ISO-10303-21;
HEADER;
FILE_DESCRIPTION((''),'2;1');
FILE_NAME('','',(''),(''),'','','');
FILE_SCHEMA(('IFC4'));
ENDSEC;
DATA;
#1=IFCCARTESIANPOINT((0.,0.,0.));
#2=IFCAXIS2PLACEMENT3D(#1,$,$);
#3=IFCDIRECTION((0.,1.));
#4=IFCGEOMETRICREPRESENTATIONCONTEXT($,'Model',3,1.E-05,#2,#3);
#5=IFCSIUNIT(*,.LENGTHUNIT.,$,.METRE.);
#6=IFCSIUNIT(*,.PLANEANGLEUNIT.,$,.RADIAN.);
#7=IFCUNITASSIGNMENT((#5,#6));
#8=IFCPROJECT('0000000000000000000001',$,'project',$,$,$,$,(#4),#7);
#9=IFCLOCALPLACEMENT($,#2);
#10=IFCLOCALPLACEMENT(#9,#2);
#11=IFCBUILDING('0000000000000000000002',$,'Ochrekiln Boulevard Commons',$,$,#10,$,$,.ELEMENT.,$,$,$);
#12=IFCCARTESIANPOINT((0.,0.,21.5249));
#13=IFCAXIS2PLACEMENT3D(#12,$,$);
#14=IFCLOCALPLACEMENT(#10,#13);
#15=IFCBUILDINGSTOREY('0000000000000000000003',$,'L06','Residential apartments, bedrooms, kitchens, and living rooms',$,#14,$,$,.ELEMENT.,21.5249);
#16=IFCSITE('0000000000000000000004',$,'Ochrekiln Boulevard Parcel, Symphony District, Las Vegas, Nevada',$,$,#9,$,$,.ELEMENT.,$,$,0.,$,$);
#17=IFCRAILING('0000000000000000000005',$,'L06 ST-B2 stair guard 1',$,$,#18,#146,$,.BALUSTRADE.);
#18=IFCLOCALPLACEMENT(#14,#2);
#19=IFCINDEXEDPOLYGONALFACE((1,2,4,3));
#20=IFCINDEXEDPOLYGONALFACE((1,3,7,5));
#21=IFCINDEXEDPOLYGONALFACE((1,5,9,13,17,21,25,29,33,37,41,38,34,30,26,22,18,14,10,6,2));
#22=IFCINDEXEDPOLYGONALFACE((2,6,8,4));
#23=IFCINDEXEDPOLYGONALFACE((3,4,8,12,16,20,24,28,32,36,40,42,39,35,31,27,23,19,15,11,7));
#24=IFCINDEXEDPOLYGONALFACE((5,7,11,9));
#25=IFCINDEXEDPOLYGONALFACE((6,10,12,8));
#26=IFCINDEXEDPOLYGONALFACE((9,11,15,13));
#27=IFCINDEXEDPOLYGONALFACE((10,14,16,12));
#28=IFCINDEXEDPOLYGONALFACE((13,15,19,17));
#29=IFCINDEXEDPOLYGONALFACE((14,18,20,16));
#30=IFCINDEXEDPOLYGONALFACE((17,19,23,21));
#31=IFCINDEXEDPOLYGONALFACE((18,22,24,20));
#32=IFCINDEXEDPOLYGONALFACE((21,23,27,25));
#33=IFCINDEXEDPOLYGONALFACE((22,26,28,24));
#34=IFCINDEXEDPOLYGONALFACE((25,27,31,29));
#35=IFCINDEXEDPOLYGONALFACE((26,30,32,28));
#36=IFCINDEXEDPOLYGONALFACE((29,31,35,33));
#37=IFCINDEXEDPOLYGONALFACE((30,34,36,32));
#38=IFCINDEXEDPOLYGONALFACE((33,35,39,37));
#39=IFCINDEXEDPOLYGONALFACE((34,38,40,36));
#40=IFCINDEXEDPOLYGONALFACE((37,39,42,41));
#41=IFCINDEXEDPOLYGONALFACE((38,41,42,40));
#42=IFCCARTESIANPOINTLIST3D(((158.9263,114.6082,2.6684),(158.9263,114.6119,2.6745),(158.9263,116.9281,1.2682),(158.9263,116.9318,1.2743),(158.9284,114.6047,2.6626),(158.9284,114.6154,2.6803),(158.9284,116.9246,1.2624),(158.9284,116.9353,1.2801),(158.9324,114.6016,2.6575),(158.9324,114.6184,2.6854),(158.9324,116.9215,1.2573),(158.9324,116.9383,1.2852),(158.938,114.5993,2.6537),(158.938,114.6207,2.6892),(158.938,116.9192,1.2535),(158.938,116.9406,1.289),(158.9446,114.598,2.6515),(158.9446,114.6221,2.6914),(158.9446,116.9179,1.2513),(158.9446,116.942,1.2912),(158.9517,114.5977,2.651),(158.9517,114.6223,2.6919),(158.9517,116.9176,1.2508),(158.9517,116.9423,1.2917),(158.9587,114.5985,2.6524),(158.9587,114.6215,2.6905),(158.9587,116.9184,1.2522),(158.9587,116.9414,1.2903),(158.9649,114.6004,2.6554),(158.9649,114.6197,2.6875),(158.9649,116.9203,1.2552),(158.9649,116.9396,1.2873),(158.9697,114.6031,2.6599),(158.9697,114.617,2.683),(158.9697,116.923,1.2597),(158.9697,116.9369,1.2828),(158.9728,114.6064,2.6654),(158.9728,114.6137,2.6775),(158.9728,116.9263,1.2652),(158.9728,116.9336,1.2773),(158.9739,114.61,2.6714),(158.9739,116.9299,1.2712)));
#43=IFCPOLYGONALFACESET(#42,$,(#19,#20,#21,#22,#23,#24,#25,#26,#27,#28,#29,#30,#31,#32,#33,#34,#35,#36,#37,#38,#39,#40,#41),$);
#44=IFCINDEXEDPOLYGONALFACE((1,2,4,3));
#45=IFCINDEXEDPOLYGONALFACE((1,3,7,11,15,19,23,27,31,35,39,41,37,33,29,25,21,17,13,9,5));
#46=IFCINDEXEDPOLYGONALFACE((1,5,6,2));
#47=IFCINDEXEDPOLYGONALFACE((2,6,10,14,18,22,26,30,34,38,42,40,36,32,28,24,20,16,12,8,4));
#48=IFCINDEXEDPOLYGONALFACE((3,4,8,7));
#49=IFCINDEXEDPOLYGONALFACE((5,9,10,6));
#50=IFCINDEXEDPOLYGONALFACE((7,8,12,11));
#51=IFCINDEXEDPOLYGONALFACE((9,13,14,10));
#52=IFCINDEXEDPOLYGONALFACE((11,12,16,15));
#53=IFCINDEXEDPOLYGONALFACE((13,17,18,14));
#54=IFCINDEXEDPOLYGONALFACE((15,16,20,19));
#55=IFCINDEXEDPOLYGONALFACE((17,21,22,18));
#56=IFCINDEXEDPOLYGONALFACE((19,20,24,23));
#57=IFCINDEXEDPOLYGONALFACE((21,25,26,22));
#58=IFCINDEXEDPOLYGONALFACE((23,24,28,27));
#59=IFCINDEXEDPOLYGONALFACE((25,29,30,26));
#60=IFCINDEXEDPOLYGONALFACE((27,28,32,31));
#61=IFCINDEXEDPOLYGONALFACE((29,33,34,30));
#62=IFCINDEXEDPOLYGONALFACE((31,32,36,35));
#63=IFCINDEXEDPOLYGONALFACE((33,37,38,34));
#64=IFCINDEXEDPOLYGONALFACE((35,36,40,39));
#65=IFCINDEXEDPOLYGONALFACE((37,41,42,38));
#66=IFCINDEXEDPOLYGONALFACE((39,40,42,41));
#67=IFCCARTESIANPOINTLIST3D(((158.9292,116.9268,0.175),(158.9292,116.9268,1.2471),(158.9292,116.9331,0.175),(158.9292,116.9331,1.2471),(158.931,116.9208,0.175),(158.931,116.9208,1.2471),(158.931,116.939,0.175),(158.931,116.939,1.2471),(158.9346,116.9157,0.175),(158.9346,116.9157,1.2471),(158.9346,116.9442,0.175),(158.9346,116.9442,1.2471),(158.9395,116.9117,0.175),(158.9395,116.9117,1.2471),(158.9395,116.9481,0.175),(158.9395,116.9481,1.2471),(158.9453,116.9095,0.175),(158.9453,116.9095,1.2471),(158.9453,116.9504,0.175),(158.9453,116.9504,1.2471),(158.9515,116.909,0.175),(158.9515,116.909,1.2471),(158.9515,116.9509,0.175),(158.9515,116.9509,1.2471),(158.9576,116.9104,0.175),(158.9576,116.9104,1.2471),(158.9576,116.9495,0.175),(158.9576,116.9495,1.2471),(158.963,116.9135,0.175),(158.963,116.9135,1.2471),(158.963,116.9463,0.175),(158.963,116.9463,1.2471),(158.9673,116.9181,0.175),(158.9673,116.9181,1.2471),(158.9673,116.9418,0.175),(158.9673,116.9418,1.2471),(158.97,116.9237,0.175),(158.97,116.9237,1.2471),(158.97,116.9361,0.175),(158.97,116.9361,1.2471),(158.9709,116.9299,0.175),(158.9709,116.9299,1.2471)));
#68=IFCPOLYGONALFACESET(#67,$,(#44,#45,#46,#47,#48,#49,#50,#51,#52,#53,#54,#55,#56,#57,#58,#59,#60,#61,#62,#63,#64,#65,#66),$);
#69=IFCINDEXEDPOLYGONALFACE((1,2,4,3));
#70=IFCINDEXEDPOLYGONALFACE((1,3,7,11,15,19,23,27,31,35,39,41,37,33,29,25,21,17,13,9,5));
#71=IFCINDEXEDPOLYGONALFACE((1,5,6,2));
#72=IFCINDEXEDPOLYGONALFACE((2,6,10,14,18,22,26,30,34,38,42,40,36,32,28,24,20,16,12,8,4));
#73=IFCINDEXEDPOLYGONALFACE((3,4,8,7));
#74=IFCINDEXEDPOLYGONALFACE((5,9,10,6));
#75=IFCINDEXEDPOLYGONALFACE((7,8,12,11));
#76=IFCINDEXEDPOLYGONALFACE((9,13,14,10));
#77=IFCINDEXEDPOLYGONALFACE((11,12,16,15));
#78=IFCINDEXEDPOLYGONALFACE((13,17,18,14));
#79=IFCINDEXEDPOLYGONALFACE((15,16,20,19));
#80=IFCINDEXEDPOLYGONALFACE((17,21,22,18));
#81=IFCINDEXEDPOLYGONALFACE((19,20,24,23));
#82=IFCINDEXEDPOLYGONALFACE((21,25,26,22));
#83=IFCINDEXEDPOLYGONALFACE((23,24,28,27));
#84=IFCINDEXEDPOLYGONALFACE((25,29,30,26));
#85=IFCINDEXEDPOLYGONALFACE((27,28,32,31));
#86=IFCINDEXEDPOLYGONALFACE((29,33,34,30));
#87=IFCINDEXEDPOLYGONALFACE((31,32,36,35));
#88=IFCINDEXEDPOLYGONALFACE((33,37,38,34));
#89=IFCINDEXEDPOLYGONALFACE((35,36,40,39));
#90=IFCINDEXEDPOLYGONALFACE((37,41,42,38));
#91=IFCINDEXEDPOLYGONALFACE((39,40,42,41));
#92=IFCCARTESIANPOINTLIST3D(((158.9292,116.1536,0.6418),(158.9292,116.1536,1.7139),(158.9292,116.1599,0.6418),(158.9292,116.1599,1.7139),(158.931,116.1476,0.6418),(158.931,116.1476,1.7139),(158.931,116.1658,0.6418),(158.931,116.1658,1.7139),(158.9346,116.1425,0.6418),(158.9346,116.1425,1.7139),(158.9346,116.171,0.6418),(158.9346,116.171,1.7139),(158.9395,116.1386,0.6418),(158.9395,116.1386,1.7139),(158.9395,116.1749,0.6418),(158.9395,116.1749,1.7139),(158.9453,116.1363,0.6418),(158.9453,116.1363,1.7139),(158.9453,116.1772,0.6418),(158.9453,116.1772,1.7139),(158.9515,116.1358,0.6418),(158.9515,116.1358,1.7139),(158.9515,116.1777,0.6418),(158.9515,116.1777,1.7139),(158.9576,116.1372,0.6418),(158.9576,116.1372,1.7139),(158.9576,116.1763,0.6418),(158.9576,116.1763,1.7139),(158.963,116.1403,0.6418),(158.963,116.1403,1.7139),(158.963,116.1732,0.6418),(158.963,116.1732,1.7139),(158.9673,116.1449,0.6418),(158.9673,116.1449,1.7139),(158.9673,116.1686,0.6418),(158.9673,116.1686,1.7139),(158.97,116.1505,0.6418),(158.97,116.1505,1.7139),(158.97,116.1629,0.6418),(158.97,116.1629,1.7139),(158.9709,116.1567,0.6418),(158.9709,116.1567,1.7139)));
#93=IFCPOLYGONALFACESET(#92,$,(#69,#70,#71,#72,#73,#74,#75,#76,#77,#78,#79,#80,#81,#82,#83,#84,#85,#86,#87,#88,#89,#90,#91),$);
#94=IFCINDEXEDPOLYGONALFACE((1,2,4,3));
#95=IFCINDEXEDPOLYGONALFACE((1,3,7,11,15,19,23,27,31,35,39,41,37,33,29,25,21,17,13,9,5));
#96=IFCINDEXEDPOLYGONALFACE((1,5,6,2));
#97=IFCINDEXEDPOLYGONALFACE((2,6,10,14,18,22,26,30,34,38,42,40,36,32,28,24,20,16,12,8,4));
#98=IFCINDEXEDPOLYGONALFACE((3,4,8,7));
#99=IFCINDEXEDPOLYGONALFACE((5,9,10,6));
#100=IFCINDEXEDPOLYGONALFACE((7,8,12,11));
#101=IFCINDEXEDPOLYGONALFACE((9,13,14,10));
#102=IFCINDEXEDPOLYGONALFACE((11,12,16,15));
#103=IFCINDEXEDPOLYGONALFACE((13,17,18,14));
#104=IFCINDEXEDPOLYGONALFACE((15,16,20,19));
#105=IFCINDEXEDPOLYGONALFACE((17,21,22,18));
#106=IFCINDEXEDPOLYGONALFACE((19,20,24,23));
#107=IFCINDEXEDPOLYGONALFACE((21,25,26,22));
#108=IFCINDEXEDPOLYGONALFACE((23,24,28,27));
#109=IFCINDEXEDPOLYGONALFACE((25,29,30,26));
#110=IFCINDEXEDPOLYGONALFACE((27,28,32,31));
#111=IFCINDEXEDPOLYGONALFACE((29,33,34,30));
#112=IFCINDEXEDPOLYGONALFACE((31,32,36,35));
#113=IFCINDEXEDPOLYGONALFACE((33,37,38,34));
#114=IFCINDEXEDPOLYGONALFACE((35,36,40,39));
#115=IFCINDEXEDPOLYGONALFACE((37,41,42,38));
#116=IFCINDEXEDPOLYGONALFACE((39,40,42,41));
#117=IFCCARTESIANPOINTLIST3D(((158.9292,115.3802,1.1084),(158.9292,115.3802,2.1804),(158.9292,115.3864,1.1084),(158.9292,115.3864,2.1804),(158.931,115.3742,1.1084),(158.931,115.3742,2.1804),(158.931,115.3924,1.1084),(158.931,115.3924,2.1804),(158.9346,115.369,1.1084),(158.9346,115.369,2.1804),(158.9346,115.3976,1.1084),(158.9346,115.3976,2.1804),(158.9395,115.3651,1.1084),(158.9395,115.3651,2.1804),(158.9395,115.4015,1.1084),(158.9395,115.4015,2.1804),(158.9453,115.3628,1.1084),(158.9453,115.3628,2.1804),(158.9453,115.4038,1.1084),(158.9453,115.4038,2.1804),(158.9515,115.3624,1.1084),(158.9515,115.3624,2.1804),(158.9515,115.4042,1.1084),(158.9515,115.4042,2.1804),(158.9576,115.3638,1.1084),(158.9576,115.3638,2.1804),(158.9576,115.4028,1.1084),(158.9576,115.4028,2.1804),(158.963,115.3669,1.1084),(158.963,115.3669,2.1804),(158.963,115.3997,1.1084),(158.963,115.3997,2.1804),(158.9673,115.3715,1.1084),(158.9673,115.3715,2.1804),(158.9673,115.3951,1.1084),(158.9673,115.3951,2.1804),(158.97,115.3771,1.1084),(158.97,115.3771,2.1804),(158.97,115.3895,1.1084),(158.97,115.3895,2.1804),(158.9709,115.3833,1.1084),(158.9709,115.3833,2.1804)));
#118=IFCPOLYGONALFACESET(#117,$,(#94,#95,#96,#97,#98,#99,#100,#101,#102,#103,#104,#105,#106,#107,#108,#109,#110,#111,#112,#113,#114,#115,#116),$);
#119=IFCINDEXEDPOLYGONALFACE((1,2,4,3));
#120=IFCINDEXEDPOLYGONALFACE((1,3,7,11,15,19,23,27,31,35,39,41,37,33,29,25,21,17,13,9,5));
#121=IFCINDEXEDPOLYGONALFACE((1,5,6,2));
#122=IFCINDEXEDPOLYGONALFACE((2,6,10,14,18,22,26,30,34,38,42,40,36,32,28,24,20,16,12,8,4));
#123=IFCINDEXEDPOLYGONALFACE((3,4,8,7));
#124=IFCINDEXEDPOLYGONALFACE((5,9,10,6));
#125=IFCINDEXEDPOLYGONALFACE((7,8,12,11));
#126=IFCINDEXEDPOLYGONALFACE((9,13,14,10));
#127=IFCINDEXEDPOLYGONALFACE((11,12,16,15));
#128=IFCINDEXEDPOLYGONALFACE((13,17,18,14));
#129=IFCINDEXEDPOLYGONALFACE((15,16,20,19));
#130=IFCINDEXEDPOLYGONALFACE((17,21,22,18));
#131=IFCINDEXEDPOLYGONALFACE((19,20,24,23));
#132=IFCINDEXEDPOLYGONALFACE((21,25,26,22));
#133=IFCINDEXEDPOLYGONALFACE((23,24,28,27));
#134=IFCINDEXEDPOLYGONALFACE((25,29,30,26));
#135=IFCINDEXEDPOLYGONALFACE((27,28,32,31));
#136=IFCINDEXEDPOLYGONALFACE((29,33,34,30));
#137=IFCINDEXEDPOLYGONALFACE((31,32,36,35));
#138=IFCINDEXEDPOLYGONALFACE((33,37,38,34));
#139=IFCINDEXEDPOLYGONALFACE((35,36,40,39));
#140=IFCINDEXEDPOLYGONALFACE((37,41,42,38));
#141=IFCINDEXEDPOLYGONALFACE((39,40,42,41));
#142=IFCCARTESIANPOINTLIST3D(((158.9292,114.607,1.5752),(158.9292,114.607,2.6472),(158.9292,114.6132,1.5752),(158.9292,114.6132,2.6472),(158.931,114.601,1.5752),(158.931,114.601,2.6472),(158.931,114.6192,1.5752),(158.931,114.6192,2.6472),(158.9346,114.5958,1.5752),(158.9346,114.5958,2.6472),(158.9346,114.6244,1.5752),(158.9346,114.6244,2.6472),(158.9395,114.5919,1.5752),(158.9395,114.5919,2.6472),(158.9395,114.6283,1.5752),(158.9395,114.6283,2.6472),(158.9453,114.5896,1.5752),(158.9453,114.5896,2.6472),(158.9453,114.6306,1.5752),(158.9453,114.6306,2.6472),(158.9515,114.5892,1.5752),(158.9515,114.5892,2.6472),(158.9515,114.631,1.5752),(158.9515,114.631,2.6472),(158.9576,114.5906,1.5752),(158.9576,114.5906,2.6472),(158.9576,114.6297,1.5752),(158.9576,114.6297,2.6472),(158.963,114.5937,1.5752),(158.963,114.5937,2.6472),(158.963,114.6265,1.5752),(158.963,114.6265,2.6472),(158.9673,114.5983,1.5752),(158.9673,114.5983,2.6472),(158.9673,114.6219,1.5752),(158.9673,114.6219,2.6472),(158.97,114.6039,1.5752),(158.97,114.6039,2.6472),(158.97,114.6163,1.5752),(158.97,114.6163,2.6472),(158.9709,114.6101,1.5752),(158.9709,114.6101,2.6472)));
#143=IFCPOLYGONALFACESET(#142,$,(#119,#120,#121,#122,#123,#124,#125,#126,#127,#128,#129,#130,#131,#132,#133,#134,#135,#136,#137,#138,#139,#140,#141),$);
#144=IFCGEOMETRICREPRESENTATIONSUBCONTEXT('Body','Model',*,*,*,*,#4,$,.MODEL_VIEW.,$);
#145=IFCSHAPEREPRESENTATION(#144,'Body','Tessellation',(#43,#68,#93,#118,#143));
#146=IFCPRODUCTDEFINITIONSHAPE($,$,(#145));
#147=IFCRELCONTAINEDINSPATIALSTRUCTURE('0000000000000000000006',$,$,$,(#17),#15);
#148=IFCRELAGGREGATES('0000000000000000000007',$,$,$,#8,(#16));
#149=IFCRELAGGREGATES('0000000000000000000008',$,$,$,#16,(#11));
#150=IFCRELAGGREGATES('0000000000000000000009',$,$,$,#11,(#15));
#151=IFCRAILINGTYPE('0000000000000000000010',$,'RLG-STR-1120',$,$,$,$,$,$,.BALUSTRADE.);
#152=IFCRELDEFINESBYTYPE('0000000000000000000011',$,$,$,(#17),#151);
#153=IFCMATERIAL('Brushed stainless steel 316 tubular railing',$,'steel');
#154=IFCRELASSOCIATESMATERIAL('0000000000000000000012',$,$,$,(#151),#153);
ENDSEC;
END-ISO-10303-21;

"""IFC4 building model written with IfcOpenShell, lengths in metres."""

from ifc_helpers import new_model, si_unit, direction, frame, origin, origin_2d, place, context, subcontext, project, spatial, circle, extrude, material, type_object, element, save


model = new_model("IFC4")

# Units and contexts
model_context = context("Model", 3, precision=1e-05, world=origin(), true_north=direction((0.0, 1.0)))
body_context = subcontext(model_context, "Body", "Model", "MODEL_VIEW")
ifc_project = project(units=[si_unit("LENGTHUNIT", "METRE"), si_unit("PLANEANGLEUNIT", "RADIAN")], contexts=[model_context])

# Site, building, storey
site_placement = place(None, origin())
site = spatial("IfcSite", under=ifc_project, at=site_placement, Name="Ochrekiln Boulevard Parcel, Symphony District, Las Vegas, Nevada", CompositionType="ELEMENT", RefElevation=0.0)
building_placement = place(site_placement, origin())
building = spatial("IfcBuilding", under=site, at=building_placement, Name="Ochrekiln Boulevard Commons", CompositionType="ELEMENT")
storey_placement = place(building_placement, frame((0.0, 0.0, 21.5249)))
storey = spatial("IfcBuildingStorey", under=building, at=storey_placement, Name="L06", Description="Residential apartments, bedrooms, kitchens, and living rooms", CompositionType="ELEMENT", Elevation=21.5249)

# Railing
ifc_material_1 = material(Name="Brushed stainless steel 316 tubular railing", Category="steel")
railing_type_1 = type_object("IfcRailingType", Name="RLG-STR-1120", PredefinedType="BALUSTRADE", material=ifc_material_1)
railing_1_placement = place(storey_placement, frame((158.95, 116.9299, 0.175)))
element("IfcRailing", 1, at=railing_1_placement, inside=storey, type_object=railing_type_1, Name="L06 ST-B2 stair guard 1", PredefinedType="BALUSTRADE", context=body_context, shape_type="SweptSolid", body=[
    extrude(circle(Radius=0.0239, at=origin_2d()), frame((0.0, 0.0, 1.0962), z_axis=(0.0, -0.856146, 0.516733), x_axis=(1.0, 0.0, 0.0)), (0.0, 0.0, 1.0), 2.7097),
    extrude(circle(Radius=0.021, at=origin_2d()), origin(), (0.0, 0.0, 1.0), 1.072),
    extrude(circle(Radius=0.021, at=origin_2d()), frame((0.0, -0.7732, 0.4668)), (0.0, 0.0, 1.0), 1.072),
    extrude(circle(Radius=0.021, at=origin_2d()), frame((0.0, -1.5466, 0.9333)), (0.0, 0.0, 1.0), 1.072),
    extrude(circle(Radius=0.021, at=origin_2d()), frame((0.0, -2.3198, 1.4001)), (0.0, 0.0, 1.0), 1.072),
])

save(model, "model.ifc")
